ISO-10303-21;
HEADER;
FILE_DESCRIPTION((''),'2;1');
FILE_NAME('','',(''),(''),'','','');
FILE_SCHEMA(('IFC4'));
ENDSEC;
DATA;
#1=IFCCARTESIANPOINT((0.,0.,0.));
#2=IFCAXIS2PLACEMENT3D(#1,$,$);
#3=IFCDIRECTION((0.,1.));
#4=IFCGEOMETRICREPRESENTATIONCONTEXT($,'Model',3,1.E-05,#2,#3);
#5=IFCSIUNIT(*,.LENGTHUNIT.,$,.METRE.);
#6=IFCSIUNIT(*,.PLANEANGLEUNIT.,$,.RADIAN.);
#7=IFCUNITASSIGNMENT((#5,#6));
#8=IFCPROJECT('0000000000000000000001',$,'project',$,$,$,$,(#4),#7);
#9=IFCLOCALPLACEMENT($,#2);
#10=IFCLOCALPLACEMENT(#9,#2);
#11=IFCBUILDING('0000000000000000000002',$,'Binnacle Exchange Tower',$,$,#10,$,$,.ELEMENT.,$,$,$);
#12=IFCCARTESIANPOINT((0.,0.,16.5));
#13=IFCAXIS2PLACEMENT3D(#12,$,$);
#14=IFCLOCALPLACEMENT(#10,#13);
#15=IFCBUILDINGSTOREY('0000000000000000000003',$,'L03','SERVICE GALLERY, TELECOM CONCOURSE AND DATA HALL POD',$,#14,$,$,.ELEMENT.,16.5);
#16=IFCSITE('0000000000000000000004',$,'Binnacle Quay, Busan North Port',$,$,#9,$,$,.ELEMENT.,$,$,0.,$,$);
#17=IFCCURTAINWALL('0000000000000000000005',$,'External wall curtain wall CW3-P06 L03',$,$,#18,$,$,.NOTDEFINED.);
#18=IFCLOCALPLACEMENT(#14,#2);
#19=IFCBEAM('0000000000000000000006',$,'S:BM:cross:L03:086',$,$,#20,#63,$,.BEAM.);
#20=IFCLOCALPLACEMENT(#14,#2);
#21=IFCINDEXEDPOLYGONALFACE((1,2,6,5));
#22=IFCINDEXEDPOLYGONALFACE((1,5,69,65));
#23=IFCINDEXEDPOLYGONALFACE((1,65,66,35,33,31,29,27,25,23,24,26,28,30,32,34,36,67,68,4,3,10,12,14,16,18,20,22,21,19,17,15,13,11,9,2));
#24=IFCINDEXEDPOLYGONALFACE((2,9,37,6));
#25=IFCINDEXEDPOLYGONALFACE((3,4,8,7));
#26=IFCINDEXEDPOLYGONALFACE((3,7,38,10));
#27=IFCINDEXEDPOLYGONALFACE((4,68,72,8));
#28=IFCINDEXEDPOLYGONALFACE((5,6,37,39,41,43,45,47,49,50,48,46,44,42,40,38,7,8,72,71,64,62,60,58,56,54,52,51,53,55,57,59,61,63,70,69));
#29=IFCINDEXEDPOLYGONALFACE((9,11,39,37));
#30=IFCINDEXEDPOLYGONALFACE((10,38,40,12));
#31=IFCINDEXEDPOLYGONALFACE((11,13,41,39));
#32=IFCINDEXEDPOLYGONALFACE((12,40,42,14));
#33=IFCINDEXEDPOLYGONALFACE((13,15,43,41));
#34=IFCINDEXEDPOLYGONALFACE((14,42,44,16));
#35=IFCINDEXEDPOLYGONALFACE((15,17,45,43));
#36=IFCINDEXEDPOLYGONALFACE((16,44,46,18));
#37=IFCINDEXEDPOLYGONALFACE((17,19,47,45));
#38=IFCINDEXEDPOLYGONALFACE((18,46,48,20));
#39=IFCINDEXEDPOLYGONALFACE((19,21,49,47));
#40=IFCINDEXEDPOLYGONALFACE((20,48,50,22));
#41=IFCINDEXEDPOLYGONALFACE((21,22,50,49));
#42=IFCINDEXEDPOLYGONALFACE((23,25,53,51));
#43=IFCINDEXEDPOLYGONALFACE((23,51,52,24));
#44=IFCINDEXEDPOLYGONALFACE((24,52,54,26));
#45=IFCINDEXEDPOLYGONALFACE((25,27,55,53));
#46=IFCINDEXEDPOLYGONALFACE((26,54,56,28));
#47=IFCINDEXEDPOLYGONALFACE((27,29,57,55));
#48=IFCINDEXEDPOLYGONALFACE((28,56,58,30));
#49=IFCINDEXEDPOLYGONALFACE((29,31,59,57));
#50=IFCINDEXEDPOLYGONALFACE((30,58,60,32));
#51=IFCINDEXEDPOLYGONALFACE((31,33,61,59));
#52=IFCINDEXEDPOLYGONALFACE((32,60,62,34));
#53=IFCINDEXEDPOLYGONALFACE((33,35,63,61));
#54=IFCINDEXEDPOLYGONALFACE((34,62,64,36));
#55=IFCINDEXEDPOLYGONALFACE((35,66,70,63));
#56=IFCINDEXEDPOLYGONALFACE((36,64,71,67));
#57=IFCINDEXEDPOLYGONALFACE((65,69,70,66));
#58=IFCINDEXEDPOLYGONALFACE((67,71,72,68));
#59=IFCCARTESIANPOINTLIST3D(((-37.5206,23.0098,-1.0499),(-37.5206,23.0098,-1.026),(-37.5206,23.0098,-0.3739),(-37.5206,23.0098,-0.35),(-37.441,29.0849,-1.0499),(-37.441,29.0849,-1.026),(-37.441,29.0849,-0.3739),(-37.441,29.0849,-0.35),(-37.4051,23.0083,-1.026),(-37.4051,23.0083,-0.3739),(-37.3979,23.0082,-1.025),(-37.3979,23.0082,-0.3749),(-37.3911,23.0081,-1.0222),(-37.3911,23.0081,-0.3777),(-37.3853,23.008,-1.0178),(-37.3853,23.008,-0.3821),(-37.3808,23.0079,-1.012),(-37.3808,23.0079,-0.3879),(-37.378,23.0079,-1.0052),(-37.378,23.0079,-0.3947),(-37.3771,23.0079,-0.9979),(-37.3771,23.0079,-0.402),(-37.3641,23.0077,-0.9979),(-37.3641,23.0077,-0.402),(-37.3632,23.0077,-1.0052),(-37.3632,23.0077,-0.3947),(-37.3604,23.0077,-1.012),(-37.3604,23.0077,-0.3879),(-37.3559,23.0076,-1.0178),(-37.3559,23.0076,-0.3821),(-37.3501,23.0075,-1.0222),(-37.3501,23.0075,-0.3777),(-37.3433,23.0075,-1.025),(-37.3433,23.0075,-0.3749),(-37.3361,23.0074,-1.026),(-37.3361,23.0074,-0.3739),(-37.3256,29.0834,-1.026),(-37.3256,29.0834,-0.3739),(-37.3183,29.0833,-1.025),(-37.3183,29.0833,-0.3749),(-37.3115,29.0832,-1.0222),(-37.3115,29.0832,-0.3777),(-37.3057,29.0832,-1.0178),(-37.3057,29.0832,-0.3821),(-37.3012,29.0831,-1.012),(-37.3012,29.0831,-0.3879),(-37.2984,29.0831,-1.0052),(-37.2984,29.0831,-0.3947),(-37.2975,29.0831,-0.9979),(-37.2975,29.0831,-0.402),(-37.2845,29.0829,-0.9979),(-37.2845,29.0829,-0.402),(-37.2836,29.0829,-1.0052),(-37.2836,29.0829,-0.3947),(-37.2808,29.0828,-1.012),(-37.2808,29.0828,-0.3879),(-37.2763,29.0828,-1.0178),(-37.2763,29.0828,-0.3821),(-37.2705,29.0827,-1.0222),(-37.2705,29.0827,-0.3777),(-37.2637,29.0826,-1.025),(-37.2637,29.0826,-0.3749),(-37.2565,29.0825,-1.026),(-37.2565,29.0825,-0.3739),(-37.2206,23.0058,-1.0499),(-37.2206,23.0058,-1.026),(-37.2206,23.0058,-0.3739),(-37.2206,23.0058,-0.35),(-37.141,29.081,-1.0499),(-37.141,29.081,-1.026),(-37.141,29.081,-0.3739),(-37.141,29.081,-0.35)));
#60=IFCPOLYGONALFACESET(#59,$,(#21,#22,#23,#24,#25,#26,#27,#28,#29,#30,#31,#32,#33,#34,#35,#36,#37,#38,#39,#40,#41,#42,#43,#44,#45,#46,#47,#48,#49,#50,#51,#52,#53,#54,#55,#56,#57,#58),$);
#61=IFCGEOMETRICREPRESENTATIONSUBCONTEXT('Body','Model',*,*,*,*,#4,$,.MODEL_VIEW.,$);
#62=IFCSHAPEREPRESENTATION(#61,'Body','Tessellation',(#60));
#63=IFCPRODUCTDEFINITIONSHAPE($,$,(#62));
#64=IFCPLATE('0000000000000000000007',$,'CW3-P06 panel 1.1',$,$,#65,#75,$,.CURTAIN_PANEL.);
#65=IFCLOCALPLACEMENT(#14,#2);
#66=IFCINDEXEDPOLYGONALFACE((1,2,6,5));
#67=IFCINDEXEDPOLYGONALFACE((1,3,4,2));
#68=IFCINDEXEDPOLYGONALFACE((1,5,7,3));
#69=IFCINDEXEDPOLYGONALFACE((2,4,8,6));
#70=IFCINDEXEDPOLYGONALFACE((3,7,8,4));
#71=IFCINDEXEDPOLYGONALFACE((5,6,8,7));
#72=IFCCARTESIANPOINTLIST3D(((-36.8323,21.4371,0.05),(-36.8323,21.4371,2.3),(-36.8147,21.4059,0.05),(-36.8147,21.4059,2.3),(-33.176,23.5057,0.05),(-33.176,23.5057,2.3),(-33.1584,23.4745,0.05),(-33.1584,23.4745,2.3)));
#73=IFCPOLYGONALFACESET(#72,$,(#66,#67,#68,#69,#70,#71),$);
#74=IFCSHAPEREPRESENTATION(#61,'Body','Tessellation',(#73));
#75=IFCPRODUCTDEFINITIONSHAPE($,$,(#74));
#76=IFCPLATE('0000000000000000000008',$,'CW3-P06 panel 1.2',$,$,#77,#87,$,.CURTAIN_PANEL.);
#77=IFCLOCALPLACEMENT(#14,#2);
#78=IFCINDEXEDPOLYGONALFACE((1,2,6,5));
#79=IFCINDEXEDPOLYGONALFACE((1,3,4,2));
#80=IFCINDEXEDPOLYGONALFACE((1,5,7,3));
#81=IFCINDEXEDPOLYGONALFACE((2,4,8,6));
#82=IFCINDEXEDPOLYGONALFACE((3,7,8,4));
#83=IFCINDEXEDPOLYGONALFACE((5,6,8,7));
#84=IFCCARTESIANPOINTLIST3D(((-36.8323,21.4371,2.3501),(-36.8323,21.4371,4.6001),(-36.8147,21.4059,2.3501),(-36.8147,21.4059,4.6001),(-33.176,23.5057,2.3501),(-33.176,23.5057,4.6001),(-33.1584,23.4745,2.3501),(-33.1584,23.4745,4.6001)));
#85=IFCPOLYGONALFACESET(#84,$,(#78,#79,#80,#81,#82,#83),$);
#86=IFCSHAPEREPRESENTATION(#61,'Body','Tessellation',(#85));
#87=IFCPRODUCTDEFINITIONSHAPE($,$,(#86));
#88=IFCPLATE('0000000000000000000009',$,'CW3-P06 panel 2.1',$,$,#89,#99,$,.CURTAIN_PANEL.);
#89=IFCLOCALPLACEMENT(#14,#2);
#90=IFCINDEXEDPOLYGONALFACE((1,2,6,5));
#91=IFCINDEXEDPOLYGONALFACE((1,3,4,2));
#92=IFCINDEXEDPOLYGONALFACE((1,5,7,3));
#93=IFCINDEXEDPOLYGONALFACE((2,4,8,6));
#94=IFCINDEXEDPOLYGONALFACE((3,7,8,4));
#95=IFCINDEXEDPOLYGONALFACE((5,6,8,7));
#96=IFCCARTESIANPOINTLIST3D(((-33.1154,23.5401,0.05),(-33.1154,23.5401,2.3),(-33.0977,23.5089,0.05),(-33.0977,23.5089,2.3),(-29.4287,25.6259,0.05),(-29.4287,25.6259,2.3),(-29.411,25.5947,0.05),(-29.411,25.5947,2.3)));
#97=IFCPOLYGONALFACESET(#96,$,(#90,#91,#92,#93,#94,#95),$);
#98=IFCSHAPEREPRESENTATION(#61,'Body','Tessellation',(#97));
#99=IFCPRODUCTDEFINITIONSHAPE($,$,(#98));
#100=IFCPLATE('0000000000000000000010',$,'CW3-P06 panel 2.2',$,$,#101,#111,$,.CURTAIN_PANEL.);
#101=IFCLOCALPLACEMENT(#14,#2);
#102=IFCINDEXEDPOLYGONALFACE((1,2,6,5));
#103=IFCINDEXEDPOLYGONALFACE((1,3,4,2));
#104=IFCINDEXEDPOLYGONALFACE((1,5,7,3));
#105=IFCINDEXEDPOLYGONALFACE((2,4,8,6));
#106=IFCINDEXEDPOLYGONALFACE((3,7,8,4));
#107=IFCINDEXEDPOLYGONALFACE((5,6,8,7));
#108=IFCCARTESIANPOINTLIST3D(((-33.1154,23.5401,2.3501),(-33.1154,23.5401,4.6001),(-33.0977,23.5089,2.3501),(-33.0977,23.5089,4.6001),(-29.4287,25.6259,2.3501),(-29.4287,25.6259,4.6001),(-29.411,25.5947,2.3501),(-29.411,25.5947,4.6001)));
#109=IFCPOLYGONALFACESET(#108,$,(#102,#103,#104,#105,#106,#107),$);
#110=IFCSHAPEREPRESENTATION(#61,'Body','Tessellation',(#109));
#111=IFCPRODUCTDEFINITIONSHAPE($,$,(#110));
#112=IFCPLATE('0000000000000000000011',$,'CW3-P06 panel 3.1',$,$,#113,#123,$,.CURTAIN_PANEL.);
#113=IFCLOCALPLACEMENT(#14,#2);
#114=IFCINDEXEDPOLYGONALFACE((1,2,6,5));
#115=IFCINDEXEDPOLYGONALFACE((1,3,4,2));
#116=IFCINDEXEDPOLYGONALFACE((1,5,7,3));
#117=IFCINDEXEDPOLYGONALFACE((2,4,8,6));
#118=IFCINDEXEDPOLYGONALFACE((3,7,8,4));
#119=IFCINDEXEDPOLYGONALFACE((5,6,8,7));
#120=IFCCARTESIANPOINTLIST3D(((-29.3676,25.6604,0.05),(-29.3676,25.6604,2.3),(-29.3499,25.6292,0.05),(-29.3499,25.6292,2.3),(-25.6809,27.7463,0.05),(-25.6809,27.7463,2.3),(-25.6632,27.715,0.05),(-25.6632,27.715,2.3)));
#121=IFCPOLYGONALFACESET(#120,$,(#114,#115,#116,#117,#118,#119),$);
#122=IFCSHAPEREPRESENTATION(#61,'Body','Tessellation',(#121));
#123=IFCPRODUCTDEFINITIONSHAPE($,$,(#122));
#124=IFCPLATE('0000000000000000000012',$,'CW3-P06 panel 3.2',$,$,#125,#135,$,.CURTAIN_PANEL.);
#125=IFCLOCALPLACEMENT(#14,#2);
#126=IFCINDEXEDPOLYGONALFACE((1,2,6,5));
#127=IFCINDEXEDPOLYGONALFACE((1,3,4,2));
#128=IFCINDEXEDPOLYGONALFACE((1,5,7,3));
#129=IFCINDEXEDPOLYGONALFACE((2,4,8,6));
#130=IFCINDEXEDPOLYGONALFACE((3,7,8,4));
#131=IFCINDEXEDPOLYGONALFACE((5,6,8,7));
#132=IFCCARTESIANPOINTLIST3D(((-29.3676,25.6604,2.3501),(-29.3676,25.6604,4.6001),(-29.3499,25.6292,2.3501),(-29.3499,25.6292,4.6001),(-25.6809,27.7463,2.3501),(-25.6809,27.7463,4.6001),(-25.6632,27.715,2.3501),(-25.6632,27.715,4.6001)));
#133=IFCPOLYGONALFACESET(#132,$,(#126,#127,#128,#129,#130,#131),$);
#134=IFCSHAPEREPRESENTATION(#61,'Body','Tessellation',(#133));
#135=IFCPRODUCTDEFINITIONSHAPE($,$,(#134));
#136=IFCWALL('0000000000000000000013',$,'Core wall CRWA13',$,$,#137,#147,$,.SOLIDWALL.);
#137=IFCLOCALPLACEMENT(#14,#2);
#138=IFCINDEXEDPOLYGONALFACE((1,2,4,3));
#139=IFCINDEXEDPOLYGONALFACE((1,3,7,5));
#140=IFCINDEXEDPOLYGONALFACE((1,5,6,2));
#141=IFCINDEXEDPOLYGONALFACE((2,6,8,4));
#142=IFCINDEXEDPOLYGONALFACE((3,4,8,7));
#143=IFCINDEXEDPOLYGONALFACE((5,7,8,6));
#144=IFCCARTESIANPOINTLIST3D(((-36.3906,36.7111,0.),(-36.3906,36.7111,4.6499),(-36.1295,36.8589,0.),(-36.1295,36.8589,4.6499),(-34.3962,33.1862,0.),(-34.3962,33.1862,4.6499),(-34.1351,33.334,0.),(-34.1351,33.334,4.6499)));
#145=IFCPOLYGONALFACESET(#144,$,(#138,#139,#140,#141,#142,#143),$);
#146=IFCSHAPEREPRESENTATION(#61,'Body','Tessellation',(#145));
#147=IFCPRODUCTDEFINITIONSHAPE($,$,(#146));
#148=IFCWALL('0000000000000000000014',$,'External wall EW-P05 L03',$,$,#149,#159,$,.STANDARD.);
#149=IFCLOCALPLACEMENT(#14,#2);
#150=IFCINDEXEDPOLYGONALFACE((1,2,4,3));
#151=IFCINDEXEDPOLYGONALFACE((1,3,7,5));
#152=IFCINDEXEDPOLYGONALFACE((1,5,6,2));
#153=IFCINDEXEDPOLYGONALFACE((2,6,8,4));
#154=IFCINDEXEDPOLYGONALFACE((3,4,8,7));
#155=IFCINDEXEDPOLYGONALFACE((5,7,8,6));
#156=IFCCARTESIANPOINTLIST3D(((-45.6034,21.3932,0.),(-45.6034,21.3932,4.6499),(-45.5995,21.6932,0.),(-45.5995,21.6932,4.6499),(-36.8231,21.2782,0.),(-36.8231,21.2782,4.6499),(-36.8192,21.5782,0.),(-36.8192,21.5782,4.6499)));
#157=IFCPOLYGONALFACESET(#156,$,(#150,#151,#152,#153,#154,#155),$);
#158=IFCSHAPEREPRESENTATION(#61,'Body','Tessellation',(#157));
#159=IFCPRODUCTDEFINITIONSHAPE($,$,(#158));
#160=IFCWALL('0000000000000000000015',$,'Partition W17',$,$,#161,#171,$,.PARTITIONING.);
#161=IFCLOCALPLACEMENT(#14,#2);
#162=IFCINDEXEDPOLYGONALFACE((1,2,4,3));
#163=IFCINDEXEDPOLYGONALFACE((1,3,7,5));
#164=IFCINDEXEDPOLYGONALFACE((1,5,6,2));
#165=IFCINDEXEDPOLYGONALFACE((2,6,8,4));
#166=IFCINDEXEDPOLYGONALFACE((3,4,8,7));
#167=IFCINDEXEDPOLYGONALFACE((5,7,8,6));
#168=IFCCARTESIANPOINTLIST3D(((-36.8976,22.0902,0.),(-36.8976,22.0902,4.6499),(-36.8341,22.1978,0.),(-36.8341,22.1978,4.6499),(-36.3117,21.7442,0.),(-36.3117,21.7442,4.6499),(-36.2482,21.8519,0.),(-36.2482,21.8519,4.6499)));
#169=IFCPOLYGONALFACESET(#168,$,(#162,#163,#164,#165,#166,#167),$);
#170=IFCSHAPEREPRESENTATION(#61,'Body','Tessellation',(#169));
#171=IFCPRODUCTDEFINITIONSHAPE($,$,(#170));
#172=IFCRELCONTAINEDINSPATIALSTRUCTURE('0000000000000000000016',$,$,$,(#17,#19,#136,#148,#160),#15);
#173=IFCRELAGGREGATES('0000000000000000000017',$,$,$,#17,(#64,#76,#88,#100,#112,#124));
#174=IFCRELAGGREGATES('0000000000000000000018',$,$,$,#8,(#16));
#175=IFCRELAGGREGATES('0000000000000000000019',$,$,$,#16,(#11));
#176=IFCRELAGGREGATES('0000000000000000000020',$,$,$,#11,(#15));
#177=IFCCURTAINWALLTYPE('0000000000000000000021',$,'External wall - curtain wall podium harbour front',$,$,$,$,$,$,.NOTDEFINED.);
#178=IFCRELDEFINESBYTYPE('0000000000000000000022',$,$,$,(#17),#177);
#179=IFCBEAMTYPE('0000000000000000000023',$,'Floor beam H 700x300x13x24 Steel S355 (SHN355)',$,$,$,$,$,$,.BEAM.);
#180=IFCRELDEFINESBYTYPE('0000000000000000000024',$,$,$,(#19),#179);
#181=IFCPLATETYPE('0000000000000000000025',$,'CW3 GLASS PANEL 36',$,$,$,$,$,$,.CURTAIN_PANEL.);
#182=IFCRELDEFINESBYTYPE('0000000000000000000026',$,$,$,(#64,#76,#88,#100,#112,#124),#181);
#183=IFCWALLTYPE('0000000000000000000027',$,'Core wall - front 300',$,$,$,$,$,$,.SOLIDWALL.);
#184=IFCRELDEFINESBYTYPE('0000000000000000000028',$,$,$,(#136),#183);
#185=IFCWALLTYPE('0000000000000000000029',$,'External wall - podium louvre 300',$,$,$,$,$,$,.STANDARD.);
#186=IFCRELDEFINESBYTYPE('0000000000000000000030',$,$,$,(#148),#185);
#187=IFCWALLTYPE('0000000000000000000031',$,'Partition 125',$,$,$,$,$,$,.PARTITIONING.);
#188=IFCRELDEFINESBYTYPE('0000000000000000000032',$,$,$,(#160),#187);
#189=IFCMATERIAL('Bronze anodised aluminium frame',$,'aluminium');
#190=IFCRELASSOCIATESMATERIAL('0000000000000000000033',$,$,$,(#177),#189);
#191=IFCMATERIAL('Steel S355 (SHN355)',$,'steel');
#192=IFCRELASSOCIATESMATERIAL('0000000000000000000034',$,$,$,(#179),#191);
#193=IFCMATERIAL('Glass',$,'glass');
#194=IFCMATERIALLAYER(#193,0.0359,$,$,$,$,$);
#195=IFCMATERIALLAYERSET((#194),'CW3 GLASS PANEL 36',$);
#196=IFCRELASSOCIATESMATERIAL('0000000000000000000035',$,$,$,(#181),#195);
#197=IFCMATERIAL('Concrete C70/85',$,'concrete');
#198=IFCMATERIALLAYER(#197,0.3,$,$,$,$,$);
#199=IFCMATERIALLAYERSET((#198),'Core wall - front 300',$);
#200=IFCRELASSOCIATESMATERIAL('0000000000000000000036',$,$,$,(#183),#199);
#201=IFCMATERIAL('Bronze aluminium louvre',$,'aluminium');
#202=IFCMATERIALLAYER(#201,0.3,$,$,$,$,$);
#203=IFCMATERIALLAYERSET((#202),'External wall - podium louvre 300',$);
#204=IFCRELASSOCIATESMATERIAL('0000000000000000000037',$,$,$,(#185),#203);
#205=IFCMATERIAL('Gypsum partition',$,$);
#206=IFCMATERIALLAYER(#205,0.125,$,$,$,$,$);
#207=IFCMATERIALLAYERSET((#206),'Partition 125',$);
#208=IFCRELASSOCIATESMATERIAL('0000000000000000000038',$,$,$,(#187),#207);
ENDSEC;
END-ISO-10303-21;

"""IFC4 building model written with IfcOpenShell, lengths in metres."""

from ifc_helpers import new_model, si_unit, direction, frame, frame_2d, origin, origin_2d, place, context, subcontext, project, spatial, rectangle, i_section, extrude, material, layer, layer_set, material_profile, profile_set, type_object, element, aggregate, save


model = new_model("IFC4")

# Units and contexts
model_context = context("Model", 3, precision=1e-05, world=origin(), true_north=direction((0.0, 1.0)))
body_context = subcontext(model_context, "Body", "Model", "MODEL_VIEW")
ifc_project = project(units=[si_unit("LENGTHUNIT", "METRE"), si_unit("PLANEANGLEUNIT", "RADIAN")], contexts=[model_context])

# Site, building, storey
site_placement = place(None, origin())
site = spatial("IfcSite", under=ifc_project, at=site_placement, Name="Binnacle Quay, Busan North Port", CompositionType="ELEMENT", RefElevation=0.0)
building_placement = place(site_placement, origin())
building = spatial("IfcBuilding", under=site, at=building_placement, Name="Binnacle Exchange Tower", CompositionType="ELEMENT")
storey_placement = place(building_placement, frame((0.0, 0.0, 16.5)))
storey = spatial("IfcBuildingStorey", under=building, at=storey_placement, Name="L03", Description="SERVICE GALLERY, TELECOM CONCOURSE AND DATA HALL POD", CompositionType="ELEMENT", Elevation=16.5)

# Shared definitions
ifc_material_1 = material(Name="Concrete C70/85", Category="concrete")

# Curtain wall
ifc_material_2 = material(Name="Bronze anodised aluminium frame", Category="aluminium")
curtain_wall_type = type_object("IfcCurtainWallType", Name="External wall - curtain wall podium harbour front", PredefinedType="NOTDEFINED", material=ifc_material_2)
curtain_wall_placement = place(storey_placement, origin())
curtain_wall = element("IfcCurtainWall", 1, at=curtain_wall_placement, inside=storey, type_object=curtain_wall_type, Name="External wall curtain wall CW3-P06 L03", PredefinedType="NOTDEFINED")

# Beam
ifc_material_3 = material(Name="Steel S355 (SHN355)", Category="steel")
ifc_material_profile_1 = material_profile(ifc_material_3, i_section(OverallWidth=0.3, OverallDepth=0.7, WebThickness=0.0129, FlangeThickness=0.0239, FilletRadius=0.0281, at=origin_2d()), Name="H 700x300x13x24")
ifc_profile_set_1 = profile_set([ifc_material_profile_1], Name="Steel S355 (SHN355)")
beam_type_1 = type_object("IfcBeamType", Name="Floor beam H 700x300x13x24 Steel S355 (SHN355)", PredefinedType="BEAM", material=ifc_profile_set_1)
beam_1_placement = place(storey_placement, frame((-37.3706, 23.0078, -0.7), z_axis=(0.0131, 0.999914, 0.0), x_axis=(-0.999914, 0.0131, 0.0)))
element("IfcBeam", 2, at=beam_1_placement, inside=storey, type_object=beam_type_1, Name="S:BM:cross:L03:086", PredefinedType="BEAM", context=body_context, shape_type="SweptSolid", body=[
    extrude(i_section(OverallWidth=0.3, OverallDepth=0.7, WebThickness=0.0129, FlangeThickness=0.0239, FilletRadius=0.0281, at=origin_2d()), origin(), (0.0, 0.0, 1.0), 6.0757),
])

# Plates
ifc_material_4 = material(Name="Glass", Category="glass")
ifc_layer_1 = layer(ifc_material_4, 0.0359)
ifc_layer_set_1 = layer_set([ifc_layer_1], Name="CW3 GLASS PANEL 36")
plate_type = type_object("IfcPlateType", Name="CW3 GLASS PANEL 36", PredefinedType="CURTAIN_PANEL", material=ifc_layer_set_1)
plate_1_placement = place(storey_placement, frame((-34.9954, 22.4558, 0.05), z_axis=(0.0, 0.0, 1.0), x_axis=(0.870356, 0.492424, 0.0)))
plate_1 = element("IfcPlate", 3, at=plate_1_placement, type_object=plate_type, Name="CW3-P06 panel 1.1", PredefinedType="CURTAIN_PANEL", context=body_context, shape_type="SweptSolid", body=[
    extrude(rectangle(XDim=4.2009, YDim=0.0359, at=origin_2d()), origin(), (0.0, 0.0, 1.0), 2.25),
])
plate_2_placement = place(storey_placement, frame((-34.9954, 22.4558, 2.3501), z_axis=(0.0, 0.0, 1.0), x_axis=(0.870356, 0.492424, 0.0)))
plate_2 = element("IfcPlate", 4, at=plate_2_placement, type_object=plate_type, Name="CW3-P06 panel 1.2", PredefinedType="CURTAIN_PANEL", context=body_context, shape_type="SweptSolid", body=[
    extrude(rectangle(XDim=4.2009, YDim=0.0359, at=origin_2d()), origin(), (0.0, 0.0, 1.0), 2.25),
])
plate_3_placement = place(storey_placement, frame((-31.2632, 24.5674, 0.05), z_axis=(0.0, 0.0, 1.0), x_axis=(0.870356, 0.492424, 0.0)))
plate_3 = element("IfcPlate", 5, at=plate_3_placement, type_object=plate_type, Name="CW3-P06 panel 2.1", PredefinedType="CURTAIN_PANEL", context=body_context, shape_type="SweptSolid", body=[
    extrude(rectangle(XDim=4.2358, YDim=0.0359, at=origin_2d()), origin(), (0.0, 0.0, 1.0), 2.25),
])
plate_4_placement = place(storey_placement, frame((-31.2632, 24.5674, 2.3501), z_axis=(0.0, 0.0, 1.0), x_axis=(0.870356, 0.492424, 0.0)))
plate_4 = element("IfcPlate", 6, at=plate_4_placement, type_object=plate_type, Name="CW3-P06 panel 2.2", PredefinedType="CURTAIN_PANEL", context=body_context, shape_type="SweptSolid", body=[
    extrude(rectangle(XDim=4.2358, YDim=0.0359, at=origin_2d()), origin(), (0.0, 0.0, 1.0), 2.25),
])
plate_5_placement = place(storey_placement, frame((-27.5154, 26.6877, 0.05), z_axis=(0.0, 0.0, 1.0), x_axis=(0.870356, 0.492424, 0.0)))
plate_5 = element("IfcPlate", 7, at=plate_5_placement, type_object=plate_type, Name="CW3-P06 panel 3.1", PredefinedType="CURTAIN_PANEL", context=body_context, shape_type="SweptSolid", body=[
    extrude(rectangle(XDim=4.2358, YDim=0.0359, at=origin_2d()), origin(), (0.0, 0.0, 1.0), 2.25),
])
plate_6_placement = place(storey_placement, frame((-27.5154, 26.6877, 2.3501), z_axis=(0.0, 0.0, 1.0), x_axis=(0.870356, 0.492424, 0.0)))
plate_6 = element("IfcPlate", 8, at=plate_6_placement, type_object=plate_type, Name="CW3-P06 panel 3.2", PredefinedType="CURTAIN_PANEL", context=body_context, shape_type="SweptSolid", body=[
    extrude(rectangle(XDim=4.2358, YDim=0.0359, at=origin_2d()), origin(), (0.0, 0.0, 1.0), 2.25),
])
aggregate(curtain_wall, [plate_1, plate_2, plate_3, plate_4, plate_5, plate_6])

# Walls
ifc_layer_2 = layer(ifc_material_1, 0.3)
ifc_layer_set_2 = layer_set([ifc_layer_2], Name="Core wall - front 300")
wall_type_1 = type_object("IfcWallType", Name="Core wall - front 300", PredefinedType="SOLIDWALL", material=ifc_layer_set_2)
wall_1_placement = place(storey_placement, frame((-36.26, 36.7849, 0.0), z_axis=(0.0, 0.0, 1.0), x_axis=(0.492441, -0.870346, 0.0)))
element("IfcWall", 9, at=wall_1_placement, inside=storey, type_object=wall_type_1, Name="Core wall CRWA13", PredefinedType="SOLIDWALL", context=body_context, shape_type="SweptSolid", body=[
    extrude(rectangle(XDim=4.05, YDim=0.3, at=frame_2d((2.0249, 0.0))), origin(), (0.0, 0.0, 1.0), 4.6499),
])
ifc_material_5 = material(Name="Bronze aluminium louvre", Category="aluminium")
ifc_layer_3 = layer(ifc_material_5, 0.3)
ifc_layer_set_3 = layer_set([ifc_layer_3], Name="External wall - podium louvre 300")
wall_type_2 = type_object("IfcWallType", Name="External wall - podium louvre 300", PredefinedType="STANDARD", material=ifc_layer_set_3)
wall_2_placement = place(storey_placement, frame((-36.821, 21.4282, 0.0), z_axis=(0.0, 0.0, 1.0), x_axis=(-0.999914, 0.013095, 0.0)))
element("IfcWall", 10, at=wall_2_placement, inside=storey, type_object=wall_type_2, Name="External wall EW-P05 L03", PredefinedType="STANDARD", context=body_context, shape_type="SweptSolid", body=[
    extrude(rectangle(XDim=8.781, YDim=0.3, at=frame_2d((4.3906, 0.0))), origin(), (0.0, 0.0, 1.0), 4.6499),
])
ifc_material_6 = material(Name="Gypsum partition")
ifc_layer_4 = layer(ifc_material_6, 0.125)
ifc_layer_set_4 = layer_set([ifc_layer_4], Name="Partition 125")
wall_type_3 = type_object("IfcWallType", Name="Partition 125", PredefinedType="PARTITIONING", material=ifc_layer_set_4)
wall_3_placement = place(storey_placement, frame((-36.866, 22.144, 0.0), z_axis=(0.0, 0.0, 1.0), x_axis=(0.861112, -0.508415, 0.0)))
element("IfcWall", 11, at=wall_3_placement, inside=storey, type_object=wall_type_3, Name="Partition W17", PredefinedType="PARTITIONING", context=body_context, shape_type="SweptSolid", body=[
    extrude(rectangle(XDim=0.6804, YDim=0.125, at=frame_2d((0.3403, 0.0))), origin(), (0.0, 0.0, 1.0), 4.6499),
])

save(model, "model.ifc")
